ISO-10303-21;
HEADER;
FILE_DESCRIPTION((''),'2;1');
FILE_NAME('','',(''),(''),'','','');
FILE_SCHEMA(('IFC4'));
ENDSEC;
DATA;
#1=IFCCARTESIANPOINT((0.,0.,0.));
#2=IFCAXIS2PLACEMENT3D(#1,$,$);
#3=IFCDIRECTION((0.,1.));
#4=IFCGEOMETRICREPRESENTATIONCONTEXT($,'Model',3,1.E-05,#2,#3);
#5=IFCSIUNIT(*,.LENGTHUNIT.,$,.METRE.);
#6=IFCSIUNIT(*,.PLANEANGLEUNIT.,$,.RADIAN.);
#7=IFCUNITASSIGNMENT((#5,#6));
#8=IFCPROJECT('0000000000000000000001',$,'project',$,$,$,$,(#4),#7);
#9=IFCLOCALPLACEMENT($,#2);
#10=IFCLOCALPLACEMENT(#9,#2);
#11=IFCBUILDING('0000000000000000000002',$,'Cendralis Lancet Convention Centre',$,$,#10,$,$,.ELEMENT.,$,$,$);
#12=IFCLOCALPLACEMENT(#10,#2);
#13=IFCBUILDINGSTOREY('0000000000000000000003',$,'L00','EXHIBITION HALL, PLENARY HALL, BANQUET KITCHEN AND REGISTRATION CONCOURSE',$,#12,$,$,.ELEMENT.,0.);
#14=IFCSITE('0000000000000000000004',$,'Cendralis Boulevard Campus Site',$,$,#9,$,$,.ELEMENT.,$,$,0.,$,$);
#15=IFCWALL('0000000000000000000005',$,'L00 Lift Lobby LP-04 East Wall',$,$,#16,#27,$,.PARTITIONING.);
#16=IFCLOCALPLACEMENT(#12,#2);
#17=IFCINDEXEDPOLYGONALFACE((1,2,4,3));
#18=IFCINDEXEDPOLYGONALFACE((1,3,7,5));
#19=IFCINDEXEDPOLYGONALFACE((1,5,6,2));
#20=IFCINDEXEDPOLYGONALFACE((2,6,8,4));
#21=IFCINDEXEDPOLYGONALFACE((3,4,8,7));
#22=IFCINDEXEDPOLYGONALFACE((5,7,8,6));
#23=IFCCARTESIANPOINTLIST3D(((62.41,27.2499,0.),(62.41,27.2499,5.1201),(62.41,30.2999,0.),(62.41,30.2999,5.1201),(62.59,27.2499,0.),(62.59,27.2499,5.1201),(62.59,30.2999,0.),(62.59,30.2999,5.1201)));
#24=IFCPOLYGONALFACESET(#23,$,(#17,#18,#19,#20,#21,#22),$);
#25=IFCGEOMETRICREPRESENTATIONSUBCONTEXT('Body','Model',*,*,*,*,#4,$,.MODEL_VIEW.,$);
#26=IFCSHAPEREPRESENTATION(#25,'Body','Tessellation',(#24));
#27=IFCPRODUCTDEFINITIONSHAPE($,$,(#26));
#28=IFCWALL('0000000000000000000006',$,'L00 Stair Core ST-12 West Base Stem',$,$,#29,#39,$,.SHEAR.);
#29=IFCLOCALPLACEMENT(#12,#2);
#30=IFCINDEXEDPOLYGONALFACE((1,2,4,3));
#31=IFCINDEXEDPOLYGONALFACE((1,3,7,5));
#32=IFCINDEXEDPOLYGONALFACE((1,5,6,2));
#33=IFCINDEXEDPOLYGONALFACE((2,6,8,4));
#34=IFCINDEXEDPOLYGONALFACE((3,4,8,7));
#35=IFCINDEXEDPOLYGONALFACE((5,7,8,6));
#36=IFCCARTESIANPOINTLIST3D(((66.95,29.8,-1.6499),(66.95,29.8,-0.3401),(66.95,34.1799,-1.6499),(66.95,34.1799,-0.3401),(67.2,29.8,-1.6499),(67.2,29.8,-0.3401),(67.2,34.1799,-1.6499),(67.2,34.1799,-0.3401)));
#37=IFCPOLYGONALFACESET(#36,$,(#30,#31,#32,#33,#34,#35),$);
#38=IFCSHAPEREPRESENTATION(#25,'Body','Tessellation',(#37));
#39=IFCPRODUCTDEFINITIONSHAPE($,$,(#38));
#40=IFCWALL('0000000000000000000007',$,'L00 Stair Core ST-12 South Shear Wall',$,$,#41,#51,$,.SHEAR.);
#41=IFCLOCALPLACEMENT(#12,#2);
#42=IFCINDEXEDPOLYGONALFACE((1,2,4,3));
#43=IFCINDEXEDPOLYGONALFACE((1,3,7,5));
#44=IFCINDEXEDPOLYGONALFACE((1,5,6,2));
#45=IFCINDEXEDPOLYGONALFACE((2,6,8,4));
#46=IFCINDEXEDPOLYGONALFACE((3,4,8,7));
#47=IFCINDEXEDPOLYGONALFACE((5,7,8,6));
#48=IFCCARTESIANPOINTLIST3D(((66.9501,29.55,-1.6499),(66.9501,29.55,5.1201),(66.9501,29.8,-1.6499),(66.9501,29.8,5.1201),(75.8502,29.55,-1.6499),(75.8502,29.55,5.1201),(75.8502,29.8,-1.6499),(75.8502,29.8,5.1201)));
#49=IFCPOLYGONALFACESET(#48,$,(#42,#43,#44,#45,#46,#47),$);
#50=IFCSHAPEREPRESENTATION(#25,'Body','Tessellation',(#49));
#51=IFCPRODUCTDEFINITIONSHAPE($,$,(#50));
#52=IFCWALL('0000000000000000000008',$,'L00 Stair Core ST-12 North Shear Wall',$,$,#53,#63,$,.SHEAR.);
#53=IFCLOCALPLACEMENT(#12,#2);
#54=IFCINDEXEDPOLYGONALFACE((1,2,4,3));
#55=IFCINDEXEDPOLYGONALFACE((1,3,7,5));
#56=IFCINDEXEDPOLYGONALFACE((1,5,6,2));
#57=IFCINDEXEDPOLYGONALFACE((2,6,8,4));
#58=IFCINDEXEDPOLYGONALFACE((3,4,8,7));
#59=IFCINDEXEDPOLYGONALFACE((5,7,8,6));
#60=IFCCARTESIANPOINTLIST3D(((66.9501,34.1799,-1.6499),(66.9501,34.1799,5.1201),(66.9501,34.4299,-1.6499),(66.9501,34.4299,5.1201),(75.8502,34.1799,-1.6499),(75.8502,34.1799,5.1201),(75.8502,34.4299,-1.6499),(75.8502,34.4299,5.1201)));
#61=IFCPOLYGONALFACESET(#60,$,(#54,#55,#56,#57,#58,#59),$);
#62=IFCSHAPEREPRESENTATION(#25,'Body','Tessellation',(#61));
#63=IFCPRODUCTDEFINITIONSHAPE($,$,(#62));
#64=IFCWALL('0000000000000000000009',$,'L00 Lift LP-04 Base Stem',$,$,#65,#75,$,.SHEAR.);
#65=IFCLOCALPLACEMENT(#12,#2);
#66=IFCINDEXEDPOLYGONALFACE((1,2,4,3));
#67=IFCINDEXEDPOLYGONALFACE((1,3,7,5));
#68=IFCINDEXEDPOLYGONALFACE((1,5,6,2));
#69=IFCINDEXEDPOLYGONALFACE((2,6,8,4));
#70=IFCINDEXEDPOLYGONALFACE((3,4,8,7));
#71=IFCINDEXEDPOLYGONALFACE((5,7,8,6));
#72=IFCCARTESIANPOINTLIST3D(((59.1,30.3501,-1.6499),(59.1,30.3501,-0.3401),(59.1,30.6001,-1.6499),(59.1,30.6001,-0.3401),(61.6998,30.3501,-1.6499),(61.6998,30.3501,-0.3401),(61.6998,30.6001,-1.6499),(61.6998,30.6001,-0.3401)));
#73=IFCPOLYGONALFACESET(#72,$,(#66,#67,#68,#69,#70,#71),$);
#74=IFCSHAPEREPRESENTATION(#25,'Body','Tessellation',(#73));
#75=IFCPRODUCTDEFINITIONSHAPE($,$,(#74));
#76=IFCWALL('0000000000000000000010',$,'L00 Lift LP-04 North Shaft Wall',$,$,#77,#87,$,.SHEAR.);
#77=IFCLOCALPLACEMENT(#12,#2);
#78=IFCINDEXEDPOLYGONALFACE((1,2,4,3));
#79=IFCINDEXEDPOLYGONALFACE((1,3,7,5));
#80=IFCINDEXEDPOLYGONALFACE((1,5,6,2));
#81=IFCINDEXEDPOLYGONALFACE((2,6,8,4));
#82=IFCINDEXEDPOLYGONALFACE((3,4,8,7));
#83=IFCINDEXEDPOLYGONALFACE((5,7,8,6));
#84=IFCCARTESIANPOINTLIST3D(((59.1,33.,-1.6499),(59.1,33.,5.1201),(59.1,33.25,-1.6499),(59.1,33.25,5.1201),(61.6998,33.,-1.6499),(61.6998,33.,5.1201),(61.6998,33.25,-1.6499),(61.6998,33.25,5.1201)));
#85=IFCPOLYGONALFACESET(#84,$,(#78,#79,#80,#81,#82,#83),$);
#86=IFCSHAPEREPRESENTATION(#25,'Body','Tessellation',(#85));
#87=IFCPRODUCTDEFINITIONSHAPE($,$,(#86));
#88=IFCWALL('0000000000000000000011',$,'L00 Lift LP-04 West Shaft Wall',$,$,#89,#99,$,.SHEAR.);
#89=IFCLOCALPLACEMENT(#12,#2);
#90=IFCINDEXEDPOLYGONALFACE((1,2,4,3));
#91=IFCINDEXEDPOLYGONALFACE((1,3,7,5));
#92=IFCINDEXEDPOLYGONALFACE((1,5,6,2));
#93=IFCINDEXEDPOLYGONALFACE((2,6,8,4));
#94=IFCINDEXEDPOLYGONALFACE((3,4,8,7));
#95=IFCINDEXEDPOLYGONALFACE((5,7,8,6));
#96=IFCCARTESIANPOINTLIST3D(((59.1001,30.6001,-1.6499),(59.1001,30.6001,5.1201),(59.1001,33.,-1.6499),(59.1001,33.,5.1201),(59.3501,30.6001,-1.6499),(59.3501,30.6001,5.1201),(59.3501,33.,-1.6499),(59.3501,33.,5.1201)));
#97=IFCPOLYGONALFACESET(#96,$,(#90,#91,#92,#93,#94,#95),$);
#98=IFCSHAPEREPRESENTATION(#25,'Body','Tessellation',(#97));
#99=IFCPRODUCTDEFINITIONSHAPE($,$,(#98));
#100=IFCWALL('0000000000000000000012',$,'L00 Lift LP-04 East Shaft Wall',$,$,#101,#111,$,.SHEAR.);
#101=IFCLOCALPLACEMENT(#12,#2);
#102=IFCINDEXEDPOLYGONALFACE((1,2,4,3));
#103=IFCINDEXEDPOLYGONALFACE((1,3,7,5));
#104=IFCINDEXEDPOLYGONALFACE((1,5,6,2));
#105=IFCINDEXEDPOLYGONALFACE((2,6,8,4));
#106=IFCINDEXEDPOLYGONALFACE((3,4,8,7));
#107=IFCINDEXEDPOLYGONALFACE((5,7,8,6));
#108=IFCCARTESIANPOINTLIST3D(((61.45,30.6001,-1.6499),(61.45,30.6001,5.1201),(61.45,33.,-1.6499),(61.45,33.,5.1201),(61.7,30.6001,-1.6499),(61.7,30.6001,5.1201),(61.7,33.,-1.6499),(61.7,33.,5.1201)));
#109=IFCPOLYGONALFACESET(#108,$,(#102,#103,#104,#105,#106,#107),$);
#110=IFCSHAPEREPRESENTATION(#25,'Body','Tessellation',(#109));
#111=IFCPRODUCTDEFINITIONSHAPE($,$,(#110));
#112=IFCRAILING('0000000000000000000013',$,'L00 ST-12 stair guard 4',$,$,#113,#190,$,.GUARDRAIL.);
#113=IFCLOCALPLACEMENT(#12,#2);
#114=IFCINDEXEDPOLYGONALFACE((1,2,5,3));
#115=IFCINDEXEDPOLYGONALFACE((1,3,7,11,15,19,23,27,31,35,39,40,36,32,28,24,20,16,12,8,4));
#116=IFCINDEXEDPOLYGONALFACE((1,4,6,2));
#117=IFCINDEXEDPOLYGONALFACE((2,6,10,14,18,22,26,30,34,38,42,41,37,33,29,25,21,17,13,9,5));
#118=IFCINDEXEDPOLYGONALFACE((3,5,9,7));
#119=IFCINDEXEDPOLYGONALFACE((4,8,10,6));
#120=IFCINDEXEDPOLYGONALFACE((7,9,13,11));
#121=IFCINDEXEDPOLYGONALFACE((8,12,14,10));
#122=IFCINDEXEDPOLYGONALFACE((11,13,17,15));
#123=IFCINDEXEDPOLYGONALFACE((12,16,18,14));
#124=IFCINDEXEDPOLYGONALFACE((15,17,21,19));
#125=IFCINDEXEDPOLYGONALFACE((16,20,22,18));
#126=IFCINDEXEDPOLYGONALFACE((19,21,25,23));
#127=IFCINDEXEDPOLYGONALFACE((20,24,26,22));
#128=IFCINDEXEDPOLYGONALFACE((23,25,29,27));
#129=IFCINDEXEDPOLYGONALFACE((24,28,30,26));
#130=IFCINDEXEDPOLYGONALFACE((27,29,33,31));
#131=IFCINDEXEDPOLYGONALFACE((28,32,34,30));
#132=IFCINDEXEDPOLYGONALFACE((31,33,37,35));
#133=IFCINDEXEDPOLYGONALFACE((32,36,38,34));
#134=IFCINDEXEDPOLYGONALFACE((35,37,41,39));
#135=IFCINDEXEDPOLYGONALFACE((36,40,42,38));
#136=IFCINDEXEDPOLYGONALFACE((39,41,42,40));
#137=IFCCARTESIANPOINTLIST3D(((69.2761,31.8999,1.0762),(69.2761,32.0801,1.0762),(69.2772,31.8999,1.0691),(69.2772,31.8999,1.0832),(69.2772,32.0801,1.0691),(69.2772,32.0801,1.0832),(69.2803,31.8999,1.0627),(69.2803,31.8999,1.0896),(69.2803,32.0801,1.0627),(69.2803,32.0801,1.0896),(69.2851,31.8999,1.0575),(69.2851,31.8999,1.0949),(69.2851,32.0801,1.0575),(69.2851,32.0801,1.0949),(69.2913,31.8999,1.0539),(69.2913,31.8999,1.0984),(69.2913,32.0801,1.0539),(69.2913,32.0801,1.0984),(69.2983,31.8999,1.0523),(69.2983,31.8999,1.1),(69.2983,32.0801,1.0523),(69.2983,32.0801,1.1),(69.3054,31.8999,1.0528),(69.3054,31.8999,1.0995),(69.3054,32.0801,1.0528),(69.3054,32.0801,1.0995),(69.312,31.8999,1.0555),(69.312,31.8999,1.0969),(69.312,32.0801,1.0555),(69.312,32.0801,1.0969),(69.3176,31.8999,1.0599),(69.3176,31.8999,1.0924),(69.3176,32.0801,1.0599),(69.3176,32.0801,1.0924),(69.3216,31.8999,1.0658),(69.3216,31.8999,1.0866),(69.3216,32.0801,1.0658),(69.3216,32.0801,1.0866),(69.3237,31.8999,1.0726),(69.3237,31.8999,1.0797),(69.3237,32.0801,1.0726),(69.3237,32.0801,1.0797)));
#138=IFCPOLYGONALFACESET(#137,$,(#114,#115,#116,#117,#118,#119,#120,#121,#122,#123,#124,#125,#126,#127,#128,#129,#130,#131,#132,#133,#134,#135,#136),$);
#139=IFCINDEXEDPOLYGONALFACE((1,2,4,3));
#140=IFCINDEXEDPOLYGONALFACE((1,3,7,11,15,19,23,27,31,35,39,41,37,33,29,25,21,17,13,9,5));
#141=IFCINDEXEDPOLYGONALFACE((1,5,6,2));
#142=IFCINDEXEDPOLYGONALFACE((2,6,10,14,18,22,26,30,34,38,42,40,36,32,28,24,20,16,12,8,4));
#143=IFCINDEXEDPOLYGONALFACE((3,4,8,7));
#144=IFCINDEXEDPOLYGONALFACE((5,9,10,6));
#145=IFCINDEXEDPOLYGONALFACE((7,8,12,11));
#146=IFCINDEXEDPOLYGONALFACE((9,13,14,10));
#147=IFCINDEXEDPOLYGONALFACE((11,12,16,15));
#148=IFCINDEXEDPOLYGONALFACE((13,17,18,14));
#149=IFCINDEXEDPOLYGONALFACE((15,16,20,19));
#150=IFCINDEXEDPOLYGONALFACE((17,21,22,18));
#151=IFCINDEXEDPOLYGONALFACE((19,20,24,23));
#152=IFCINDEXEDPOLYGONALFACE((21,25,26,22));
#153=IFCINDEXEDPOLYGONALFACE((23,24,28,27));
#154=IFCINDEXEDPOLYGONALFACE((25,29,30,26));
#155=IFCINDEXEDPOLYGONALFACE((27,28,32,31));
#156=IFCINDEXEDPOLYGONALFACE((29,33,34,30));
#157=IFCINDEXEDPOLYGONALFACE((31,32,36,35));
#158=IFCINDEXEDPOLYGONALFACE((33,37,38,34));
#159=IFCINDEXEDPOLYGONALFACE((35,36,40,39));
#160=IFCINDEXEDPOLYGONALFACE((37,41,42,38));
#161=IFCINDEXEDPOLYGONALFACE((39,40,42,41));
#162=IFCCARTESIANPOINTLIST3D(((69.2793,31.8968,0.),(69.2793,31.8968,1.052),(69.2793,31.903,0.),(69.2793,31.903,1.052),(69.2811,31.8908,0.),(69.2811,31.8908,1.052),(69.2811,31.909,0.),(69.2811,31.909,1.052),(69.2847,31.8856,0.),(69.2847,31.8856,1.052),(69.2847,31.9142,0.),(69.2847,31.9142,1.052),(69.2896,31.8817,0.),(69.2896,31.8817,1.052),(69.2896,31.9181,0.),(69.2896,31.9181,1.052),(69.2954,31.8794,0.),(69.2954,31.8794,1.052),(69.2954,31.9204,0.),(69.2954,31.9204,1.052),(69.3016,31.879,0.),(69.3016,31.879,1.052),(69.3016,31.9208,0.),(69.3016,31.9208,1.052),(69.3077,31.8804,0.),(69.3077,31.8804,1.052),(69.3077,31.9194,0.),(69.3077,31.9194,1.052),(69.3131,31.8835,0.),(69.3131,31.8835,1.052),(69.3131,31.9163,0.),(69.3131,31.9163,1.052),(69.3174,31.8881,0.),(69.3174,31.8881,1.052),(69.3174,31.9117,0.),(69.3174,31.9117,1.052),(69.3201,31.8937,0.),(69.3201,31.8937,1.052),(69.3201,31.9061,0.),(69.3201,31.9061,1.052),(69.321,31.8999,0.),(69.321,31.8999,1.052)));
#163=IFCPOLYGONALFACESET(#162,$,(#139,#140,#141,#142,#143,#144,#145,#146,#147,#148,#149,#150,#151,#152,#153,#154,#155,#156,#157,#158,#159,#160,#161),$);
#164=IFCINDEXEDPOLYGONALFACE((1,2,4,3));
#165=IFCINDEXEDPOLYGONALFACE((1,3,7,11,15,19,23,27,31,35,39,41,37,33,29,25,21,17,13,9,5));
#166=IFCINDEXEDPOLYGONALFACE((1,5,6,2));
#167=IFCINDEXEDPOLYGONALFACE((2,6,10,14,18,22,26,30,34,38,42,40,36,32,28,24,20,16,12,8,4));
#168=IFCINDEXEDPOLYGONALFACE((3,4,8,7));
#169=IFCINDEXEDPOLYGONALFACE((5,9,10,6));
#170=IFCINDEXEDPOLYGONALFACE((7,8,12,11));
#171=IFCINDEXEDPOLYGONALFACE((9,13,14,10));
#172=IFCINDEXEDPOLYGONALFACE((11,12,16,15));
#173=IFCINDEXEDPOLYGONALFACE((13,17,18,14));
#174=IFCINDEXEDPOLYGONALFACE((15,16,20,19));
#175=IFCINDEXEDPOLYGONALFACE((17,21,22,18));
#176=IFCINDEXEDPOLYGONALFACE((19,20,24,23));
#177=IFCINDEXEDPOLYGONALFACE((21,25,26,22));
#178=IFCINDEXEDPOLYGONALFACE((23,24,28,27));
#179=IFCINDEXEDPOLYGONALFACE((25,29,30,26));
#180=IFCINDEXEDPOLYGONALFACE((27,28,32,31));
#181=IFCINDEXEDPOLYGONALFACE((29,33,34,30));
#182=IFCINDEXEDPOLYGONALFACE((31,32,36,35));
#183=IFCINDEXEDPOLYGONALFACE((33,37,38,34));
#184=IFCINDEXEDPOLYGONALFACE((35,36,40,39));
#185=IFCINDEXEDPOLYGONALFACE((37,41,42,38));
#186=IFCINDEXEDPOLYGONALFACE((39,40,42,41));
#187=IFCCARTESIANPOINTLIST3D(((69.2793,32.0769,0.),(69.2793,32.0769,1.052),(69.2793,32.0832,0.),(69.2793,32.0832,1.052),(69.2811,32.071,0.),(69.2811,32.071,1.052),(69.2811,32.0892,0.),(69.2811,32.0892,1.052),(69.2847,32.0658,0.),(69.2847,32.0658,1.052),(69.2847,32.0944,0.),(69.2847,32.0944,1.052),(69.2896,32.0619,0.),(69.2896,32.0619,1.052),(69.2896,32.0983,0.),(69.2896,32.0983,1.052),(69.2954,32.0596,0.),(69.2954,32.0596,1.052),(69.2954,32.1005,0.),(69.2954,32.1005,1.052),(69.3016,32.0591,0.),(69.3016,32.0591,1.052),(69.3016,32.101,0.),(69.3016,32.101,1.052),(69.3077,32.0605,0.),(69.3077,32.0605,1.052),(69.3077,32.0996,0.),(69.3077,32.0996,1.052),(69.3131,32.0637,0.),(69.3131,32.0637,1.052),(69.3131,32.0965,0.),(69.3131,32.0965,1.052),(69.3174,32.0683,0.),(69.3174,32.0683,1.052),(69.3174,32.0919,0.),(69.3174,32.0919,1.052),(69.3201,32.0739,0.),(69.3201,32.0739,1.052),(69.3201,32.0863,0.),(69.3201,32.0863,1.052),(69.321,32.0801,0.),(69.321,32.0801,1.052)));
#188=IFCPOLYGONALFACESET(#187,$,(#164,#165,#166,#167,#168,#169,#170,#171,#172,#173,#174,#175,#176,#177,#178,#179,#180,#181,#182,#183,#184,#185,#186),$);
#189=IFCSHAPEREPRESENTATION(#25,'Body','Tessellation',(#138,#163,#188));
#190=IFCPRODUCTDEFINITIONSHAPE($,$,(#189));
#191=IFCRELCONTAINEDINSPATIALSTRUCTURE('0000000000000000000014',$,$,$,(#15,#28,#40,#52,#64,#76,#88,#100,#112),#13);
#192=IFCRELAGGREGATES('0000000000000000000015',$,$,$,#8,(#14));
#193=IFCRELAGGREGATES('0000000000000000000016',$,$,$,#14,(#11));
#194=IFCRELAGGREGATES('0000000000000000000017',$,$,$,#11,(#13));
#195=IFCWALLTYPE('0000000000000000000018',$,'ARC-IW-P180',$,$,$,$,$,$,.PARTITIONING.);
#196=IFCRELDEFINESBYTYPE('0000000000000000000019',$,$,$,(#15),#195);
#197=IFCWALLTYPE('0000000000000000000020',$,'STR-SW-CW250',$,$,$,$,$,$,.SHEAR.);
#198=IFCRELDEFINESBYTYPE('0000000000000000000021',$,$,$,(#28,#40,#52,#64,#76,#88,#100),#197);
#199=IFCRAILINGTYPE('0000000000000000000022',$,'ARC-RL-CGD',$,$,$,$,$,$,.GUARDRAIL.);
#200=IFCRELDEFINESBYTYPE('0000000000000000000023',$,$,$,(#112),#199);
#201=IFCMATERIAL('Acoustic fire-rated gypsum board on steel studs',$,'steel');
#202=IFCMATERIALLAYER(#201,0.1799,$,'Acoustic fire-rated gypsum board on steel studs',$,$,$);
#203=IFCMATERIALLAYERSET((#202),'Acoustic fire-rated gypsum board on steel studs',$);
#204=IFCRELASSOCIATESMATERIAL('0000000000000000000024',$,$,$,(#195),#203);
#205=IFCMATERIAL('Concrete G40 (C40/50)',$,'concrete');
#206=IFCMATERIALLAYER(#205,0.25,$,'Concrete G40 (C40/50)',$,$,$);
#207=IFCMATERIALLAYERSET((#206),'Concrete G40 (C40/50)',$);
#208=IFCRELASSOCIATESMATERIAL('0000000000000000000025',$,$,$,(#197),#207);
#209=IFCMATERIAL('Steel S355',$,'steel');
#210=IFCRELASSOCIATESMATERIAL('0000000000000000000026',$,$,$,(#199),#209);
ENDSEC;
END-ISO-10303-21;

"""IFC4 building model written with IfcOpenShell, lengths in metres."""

from ifc_helpers import new_model, si_unit, direction, frame, frame_2d, origin, origin_2d, place, context, subcontext, project, spatial, rectangle, circle, extrude, material, layer, layer_set, type_object, element, save


model = new_model("IFC4")

# Units and contexts
model_context = context("Model", 3, precision=1e-05, world=origin(), true_north=direction((0.0, 1.0)))
body_context = subcontext(model_context, "Body", "Model", "MODEL_VIEW")
ifc_project = project(units=[si_unit("LENGTHUNIT", "METRE"), si_unit("PLANEANGLEUNIT", "RADIAN")], contexts=[model_context])

# Site, building, storey
site_placement = place(None, origin())
site = spatial("IfcSite", under=ifc_project, at=site_placement, Name="Cendralis Boulevard Campus Site", CompositionType="ELEMENT", RefElevation=0.0)
building_placement = place(site_placement, origin())
building = spatial("IfcBuilding", under=site, at=building_placement, Name="Cendralis Lancet Convention Centre", CompositionType="ELEMENT")
storey_placement = place(building_placement, origin())
storey = spatial("IfcBuildingStorey", under=building, at=storey_placement, Name="L00", Description="EXHIBITION HALL, PLENARY HALL, BANQUET KITCHEN AND REGISTRATION CONCOURSE", CompositionType="ELEMENT", Elevation=0.0)

# Shared definitions
ifc_material_1 = material(Name="Concrete G40 (C40/50)", Category="concrete")

# Shared definitions
ifc_material_2 = material(Name="Acoustic fire-rated gypsum board on steel studs", Category="steel")

# Shared definitions
ifc_material_3 = material(Name="Steel S355", Category="steel")

# Shared definitions
ifc_layer_1 = layer(ifc_material_2, 0.1799, Name="Acoustic fire-rated gypsum board on steel studs")
ifc_layer_set_1 = layer_set([ifc_layer_1], Name="Acoustic fire-rated gypsum board on steel studs")
wall_type_1 = type_object("IfcWallType", Name="ARC-IW-P180", PredefinedType="PARTITIONING", material=ifc_layer_set_1)

# Walls
for number, where, z_axis, x_axis, name in (
    (1, (62.5, 27.25, 0.0), (0.0, 0.0, 1.0), (0.0, 1.0, 0.0), "L00 Lift Lobby LP-04 East Wall"),
):
    element("IfcWall", number, at=place(storey_placement, frame(where, z_axis=z_axis, x_axis=x_axis)), inside=storey, type_object=wall_type_1, Name=name, PredefinedType="PARTITIONING", context=body_context, shape_type="SweptSolid", body=[
        extrude(rectangle(XDim=3.05, YDim=0.1799, at=frame_2d((1.5249, 0.0))), origin(), (0.0, 0.0, 1.0), 5.1201),
    ])
ifc_layer_2 = layer(ifc_material_1, 0.25, Name="Concrete G40 (C40/50)")
ifc_layer_set_2 = layer_set([ifc_layer_2], Name="Concrete G40 (C40/50)")
wall_type_2 = type_object("IfcWallType", Name="STR-SW-CW250", PredefinedType="SHEAR", material=ifc_layer_set_2)
wall_1_placement = place(storey_placement, frame((67.075, 29.8, -1.6499), z_axis=(0.0, 0.0, 1.0), x_axis=(0.0, 1.0, 0.0)))
element("IfcWall", 2, at=wall_1_placement, inside=storey, type_object=wall_type_2, Name="L00 Stair Core ST-12 West Base Stem", PredefinedType="SHEAR", context=body_context, shape_type="SweptSolid", body=[
    extrude(rectangle(XDim=4.3799, YDim=0.25, at=frame_2d((2.1899, 0.0))), origin(), (0.0, 0.0, 1.0), 1.3098),
])

# Walls
for number, where, z_axis, x_axis, name in (
    (3, (66.95, 29.675, -1.6499), (0.0, 0.0, 1.0), (1.0, 0.0, 0.0), "L00 Stair Core ST-12 South Shear Wall"),
    (4, (66.95, 34.3049, -1.6499), (0.0, 0.0, 1.0), (1.0, 0.0, 0.0), "L00 Stair Core ST-12 North Shear Wall"),
):
    element("IfcWall", number, at=place(storey_placement, frame(where, z_axis=z_axis, x_axis=x_axis)), inside=storey, type_object=wall_type_2, Name=name, PredefinedType="SHEAR", context=body_context, shape_type="SweptSolid", body=[
        extrude(rectangle(XDim=8.9001, YDim=0.25, at=frame_2d((4.4502, 0.0))), origin(), (0.0, 0.0, 1.0), 6.77),
    ])
wall_2_placement = place(storey_placement, frame((59.1001, 30.4751, -1.6499), z_axis=(0.0, 0.0, 1.0), x_axis=(1.0, 0.0, 0.0)))
element("IfcWall", 5, at=wall_2_placement, inside=storey, type_object=wall_type_2, Name="L00 Lift LP-04 Base Stem", PredefinedType="SHEAR", context=body_context, shape_type="SweptSolid", body=[
    extrude(rectangle(XDim=2.5999, YDim=0.25, at=frame_2d((1.2998, 0.0))), origin(), (0.0, 0.0, 1.0), 1.3098),
])

# Walls
wall_3_placement = place(storey_placement, frame((59.1001, 33.125, -1.6499), z_axis=(0.0, 0.0, 1.0), x_axis=(1.0, 0.0, 0.0)))
element("IfcWall", 6, at=wall_3_placement, inside=storey, type_object=wall_type_2, Name="L00 Lift LP-04 North Shaft Wall", PredefinedType="SHEAR", context=body_context, shape_type="SweptSolid", body=[
    extrude(rectangle(XDim=2.5999, YDim=0.25, at=frame_2d((1.2998, 0.0))), origin(), (0.0, 0.0, 1.0), 6.77),
])
for number, where, z_axis, x_axis, name in (
    (7, (59.2251, 30.6001, -1.6499), (0.0, 0.0, 1.0), (0.0, 1.0, 0.0), "L00 Lift LP-04 West Shaft Wall"),
    (8, (61.575, 30.6001, -1.6499), (0.0, 0.0, 1.0), (0.0, 1.0, 0.0), "L00 Lift LP-04 East Shaft Wall"),
):
    element("IfcWall", number, at=place(storey_placement, frame(where, z_axis=z_axis, x_axis=x_axis)), inside=storey, type_object=wall_type_2, Name=name, PredefinedType="SHEAR", context=body_context, shape_type="SweptSolid", body=[
        extrude(rectangle(XDim=2.3999, YDim=0.25, at=frame_2d((1.2, 0.0))), origin(), (0.0, 0.0, 1.0), 6.77),
    ])

# Railing
railing_type_1 = type_object("IfcRailingType", Name="ARC-RL-CGD", PredefinedType="GUARDRAIL", material=ifc_material_3)
railing_1_placement = place(storey_placement, frame((69.3, 31.8999, 0.0)))
element("IfcRailing", 9, at=railing_1_placement, inside=storey, type_object=railing_type_1, Name="L00 ST-12 stair guard 4", PredefinedType="GUARDRAIL", context=body_context, shape_type="SweptSolid", body=[
    extrude(circle(Radius=0.0239, at=origin_2d()), frame((0.0, 0.0, 1.0762), z_axis=(0.0, 1.0, 0.0), x_axis=(-1.0, 0.0, 0.0)), (0.0, 0.0, 1.0), 0.1802),
    extrude(circle(Radius=0.021, at=origin_2d()), origin(), (0.0, 0.0, 1.0), 1.052),
    extrude(circle(Radius=0.021, at=origin_2d()), frame((0.0, 0.1802, 0.0)), (0.0, 0.0, 1.0), 1.052),
])

save(model, "model.ifc")
